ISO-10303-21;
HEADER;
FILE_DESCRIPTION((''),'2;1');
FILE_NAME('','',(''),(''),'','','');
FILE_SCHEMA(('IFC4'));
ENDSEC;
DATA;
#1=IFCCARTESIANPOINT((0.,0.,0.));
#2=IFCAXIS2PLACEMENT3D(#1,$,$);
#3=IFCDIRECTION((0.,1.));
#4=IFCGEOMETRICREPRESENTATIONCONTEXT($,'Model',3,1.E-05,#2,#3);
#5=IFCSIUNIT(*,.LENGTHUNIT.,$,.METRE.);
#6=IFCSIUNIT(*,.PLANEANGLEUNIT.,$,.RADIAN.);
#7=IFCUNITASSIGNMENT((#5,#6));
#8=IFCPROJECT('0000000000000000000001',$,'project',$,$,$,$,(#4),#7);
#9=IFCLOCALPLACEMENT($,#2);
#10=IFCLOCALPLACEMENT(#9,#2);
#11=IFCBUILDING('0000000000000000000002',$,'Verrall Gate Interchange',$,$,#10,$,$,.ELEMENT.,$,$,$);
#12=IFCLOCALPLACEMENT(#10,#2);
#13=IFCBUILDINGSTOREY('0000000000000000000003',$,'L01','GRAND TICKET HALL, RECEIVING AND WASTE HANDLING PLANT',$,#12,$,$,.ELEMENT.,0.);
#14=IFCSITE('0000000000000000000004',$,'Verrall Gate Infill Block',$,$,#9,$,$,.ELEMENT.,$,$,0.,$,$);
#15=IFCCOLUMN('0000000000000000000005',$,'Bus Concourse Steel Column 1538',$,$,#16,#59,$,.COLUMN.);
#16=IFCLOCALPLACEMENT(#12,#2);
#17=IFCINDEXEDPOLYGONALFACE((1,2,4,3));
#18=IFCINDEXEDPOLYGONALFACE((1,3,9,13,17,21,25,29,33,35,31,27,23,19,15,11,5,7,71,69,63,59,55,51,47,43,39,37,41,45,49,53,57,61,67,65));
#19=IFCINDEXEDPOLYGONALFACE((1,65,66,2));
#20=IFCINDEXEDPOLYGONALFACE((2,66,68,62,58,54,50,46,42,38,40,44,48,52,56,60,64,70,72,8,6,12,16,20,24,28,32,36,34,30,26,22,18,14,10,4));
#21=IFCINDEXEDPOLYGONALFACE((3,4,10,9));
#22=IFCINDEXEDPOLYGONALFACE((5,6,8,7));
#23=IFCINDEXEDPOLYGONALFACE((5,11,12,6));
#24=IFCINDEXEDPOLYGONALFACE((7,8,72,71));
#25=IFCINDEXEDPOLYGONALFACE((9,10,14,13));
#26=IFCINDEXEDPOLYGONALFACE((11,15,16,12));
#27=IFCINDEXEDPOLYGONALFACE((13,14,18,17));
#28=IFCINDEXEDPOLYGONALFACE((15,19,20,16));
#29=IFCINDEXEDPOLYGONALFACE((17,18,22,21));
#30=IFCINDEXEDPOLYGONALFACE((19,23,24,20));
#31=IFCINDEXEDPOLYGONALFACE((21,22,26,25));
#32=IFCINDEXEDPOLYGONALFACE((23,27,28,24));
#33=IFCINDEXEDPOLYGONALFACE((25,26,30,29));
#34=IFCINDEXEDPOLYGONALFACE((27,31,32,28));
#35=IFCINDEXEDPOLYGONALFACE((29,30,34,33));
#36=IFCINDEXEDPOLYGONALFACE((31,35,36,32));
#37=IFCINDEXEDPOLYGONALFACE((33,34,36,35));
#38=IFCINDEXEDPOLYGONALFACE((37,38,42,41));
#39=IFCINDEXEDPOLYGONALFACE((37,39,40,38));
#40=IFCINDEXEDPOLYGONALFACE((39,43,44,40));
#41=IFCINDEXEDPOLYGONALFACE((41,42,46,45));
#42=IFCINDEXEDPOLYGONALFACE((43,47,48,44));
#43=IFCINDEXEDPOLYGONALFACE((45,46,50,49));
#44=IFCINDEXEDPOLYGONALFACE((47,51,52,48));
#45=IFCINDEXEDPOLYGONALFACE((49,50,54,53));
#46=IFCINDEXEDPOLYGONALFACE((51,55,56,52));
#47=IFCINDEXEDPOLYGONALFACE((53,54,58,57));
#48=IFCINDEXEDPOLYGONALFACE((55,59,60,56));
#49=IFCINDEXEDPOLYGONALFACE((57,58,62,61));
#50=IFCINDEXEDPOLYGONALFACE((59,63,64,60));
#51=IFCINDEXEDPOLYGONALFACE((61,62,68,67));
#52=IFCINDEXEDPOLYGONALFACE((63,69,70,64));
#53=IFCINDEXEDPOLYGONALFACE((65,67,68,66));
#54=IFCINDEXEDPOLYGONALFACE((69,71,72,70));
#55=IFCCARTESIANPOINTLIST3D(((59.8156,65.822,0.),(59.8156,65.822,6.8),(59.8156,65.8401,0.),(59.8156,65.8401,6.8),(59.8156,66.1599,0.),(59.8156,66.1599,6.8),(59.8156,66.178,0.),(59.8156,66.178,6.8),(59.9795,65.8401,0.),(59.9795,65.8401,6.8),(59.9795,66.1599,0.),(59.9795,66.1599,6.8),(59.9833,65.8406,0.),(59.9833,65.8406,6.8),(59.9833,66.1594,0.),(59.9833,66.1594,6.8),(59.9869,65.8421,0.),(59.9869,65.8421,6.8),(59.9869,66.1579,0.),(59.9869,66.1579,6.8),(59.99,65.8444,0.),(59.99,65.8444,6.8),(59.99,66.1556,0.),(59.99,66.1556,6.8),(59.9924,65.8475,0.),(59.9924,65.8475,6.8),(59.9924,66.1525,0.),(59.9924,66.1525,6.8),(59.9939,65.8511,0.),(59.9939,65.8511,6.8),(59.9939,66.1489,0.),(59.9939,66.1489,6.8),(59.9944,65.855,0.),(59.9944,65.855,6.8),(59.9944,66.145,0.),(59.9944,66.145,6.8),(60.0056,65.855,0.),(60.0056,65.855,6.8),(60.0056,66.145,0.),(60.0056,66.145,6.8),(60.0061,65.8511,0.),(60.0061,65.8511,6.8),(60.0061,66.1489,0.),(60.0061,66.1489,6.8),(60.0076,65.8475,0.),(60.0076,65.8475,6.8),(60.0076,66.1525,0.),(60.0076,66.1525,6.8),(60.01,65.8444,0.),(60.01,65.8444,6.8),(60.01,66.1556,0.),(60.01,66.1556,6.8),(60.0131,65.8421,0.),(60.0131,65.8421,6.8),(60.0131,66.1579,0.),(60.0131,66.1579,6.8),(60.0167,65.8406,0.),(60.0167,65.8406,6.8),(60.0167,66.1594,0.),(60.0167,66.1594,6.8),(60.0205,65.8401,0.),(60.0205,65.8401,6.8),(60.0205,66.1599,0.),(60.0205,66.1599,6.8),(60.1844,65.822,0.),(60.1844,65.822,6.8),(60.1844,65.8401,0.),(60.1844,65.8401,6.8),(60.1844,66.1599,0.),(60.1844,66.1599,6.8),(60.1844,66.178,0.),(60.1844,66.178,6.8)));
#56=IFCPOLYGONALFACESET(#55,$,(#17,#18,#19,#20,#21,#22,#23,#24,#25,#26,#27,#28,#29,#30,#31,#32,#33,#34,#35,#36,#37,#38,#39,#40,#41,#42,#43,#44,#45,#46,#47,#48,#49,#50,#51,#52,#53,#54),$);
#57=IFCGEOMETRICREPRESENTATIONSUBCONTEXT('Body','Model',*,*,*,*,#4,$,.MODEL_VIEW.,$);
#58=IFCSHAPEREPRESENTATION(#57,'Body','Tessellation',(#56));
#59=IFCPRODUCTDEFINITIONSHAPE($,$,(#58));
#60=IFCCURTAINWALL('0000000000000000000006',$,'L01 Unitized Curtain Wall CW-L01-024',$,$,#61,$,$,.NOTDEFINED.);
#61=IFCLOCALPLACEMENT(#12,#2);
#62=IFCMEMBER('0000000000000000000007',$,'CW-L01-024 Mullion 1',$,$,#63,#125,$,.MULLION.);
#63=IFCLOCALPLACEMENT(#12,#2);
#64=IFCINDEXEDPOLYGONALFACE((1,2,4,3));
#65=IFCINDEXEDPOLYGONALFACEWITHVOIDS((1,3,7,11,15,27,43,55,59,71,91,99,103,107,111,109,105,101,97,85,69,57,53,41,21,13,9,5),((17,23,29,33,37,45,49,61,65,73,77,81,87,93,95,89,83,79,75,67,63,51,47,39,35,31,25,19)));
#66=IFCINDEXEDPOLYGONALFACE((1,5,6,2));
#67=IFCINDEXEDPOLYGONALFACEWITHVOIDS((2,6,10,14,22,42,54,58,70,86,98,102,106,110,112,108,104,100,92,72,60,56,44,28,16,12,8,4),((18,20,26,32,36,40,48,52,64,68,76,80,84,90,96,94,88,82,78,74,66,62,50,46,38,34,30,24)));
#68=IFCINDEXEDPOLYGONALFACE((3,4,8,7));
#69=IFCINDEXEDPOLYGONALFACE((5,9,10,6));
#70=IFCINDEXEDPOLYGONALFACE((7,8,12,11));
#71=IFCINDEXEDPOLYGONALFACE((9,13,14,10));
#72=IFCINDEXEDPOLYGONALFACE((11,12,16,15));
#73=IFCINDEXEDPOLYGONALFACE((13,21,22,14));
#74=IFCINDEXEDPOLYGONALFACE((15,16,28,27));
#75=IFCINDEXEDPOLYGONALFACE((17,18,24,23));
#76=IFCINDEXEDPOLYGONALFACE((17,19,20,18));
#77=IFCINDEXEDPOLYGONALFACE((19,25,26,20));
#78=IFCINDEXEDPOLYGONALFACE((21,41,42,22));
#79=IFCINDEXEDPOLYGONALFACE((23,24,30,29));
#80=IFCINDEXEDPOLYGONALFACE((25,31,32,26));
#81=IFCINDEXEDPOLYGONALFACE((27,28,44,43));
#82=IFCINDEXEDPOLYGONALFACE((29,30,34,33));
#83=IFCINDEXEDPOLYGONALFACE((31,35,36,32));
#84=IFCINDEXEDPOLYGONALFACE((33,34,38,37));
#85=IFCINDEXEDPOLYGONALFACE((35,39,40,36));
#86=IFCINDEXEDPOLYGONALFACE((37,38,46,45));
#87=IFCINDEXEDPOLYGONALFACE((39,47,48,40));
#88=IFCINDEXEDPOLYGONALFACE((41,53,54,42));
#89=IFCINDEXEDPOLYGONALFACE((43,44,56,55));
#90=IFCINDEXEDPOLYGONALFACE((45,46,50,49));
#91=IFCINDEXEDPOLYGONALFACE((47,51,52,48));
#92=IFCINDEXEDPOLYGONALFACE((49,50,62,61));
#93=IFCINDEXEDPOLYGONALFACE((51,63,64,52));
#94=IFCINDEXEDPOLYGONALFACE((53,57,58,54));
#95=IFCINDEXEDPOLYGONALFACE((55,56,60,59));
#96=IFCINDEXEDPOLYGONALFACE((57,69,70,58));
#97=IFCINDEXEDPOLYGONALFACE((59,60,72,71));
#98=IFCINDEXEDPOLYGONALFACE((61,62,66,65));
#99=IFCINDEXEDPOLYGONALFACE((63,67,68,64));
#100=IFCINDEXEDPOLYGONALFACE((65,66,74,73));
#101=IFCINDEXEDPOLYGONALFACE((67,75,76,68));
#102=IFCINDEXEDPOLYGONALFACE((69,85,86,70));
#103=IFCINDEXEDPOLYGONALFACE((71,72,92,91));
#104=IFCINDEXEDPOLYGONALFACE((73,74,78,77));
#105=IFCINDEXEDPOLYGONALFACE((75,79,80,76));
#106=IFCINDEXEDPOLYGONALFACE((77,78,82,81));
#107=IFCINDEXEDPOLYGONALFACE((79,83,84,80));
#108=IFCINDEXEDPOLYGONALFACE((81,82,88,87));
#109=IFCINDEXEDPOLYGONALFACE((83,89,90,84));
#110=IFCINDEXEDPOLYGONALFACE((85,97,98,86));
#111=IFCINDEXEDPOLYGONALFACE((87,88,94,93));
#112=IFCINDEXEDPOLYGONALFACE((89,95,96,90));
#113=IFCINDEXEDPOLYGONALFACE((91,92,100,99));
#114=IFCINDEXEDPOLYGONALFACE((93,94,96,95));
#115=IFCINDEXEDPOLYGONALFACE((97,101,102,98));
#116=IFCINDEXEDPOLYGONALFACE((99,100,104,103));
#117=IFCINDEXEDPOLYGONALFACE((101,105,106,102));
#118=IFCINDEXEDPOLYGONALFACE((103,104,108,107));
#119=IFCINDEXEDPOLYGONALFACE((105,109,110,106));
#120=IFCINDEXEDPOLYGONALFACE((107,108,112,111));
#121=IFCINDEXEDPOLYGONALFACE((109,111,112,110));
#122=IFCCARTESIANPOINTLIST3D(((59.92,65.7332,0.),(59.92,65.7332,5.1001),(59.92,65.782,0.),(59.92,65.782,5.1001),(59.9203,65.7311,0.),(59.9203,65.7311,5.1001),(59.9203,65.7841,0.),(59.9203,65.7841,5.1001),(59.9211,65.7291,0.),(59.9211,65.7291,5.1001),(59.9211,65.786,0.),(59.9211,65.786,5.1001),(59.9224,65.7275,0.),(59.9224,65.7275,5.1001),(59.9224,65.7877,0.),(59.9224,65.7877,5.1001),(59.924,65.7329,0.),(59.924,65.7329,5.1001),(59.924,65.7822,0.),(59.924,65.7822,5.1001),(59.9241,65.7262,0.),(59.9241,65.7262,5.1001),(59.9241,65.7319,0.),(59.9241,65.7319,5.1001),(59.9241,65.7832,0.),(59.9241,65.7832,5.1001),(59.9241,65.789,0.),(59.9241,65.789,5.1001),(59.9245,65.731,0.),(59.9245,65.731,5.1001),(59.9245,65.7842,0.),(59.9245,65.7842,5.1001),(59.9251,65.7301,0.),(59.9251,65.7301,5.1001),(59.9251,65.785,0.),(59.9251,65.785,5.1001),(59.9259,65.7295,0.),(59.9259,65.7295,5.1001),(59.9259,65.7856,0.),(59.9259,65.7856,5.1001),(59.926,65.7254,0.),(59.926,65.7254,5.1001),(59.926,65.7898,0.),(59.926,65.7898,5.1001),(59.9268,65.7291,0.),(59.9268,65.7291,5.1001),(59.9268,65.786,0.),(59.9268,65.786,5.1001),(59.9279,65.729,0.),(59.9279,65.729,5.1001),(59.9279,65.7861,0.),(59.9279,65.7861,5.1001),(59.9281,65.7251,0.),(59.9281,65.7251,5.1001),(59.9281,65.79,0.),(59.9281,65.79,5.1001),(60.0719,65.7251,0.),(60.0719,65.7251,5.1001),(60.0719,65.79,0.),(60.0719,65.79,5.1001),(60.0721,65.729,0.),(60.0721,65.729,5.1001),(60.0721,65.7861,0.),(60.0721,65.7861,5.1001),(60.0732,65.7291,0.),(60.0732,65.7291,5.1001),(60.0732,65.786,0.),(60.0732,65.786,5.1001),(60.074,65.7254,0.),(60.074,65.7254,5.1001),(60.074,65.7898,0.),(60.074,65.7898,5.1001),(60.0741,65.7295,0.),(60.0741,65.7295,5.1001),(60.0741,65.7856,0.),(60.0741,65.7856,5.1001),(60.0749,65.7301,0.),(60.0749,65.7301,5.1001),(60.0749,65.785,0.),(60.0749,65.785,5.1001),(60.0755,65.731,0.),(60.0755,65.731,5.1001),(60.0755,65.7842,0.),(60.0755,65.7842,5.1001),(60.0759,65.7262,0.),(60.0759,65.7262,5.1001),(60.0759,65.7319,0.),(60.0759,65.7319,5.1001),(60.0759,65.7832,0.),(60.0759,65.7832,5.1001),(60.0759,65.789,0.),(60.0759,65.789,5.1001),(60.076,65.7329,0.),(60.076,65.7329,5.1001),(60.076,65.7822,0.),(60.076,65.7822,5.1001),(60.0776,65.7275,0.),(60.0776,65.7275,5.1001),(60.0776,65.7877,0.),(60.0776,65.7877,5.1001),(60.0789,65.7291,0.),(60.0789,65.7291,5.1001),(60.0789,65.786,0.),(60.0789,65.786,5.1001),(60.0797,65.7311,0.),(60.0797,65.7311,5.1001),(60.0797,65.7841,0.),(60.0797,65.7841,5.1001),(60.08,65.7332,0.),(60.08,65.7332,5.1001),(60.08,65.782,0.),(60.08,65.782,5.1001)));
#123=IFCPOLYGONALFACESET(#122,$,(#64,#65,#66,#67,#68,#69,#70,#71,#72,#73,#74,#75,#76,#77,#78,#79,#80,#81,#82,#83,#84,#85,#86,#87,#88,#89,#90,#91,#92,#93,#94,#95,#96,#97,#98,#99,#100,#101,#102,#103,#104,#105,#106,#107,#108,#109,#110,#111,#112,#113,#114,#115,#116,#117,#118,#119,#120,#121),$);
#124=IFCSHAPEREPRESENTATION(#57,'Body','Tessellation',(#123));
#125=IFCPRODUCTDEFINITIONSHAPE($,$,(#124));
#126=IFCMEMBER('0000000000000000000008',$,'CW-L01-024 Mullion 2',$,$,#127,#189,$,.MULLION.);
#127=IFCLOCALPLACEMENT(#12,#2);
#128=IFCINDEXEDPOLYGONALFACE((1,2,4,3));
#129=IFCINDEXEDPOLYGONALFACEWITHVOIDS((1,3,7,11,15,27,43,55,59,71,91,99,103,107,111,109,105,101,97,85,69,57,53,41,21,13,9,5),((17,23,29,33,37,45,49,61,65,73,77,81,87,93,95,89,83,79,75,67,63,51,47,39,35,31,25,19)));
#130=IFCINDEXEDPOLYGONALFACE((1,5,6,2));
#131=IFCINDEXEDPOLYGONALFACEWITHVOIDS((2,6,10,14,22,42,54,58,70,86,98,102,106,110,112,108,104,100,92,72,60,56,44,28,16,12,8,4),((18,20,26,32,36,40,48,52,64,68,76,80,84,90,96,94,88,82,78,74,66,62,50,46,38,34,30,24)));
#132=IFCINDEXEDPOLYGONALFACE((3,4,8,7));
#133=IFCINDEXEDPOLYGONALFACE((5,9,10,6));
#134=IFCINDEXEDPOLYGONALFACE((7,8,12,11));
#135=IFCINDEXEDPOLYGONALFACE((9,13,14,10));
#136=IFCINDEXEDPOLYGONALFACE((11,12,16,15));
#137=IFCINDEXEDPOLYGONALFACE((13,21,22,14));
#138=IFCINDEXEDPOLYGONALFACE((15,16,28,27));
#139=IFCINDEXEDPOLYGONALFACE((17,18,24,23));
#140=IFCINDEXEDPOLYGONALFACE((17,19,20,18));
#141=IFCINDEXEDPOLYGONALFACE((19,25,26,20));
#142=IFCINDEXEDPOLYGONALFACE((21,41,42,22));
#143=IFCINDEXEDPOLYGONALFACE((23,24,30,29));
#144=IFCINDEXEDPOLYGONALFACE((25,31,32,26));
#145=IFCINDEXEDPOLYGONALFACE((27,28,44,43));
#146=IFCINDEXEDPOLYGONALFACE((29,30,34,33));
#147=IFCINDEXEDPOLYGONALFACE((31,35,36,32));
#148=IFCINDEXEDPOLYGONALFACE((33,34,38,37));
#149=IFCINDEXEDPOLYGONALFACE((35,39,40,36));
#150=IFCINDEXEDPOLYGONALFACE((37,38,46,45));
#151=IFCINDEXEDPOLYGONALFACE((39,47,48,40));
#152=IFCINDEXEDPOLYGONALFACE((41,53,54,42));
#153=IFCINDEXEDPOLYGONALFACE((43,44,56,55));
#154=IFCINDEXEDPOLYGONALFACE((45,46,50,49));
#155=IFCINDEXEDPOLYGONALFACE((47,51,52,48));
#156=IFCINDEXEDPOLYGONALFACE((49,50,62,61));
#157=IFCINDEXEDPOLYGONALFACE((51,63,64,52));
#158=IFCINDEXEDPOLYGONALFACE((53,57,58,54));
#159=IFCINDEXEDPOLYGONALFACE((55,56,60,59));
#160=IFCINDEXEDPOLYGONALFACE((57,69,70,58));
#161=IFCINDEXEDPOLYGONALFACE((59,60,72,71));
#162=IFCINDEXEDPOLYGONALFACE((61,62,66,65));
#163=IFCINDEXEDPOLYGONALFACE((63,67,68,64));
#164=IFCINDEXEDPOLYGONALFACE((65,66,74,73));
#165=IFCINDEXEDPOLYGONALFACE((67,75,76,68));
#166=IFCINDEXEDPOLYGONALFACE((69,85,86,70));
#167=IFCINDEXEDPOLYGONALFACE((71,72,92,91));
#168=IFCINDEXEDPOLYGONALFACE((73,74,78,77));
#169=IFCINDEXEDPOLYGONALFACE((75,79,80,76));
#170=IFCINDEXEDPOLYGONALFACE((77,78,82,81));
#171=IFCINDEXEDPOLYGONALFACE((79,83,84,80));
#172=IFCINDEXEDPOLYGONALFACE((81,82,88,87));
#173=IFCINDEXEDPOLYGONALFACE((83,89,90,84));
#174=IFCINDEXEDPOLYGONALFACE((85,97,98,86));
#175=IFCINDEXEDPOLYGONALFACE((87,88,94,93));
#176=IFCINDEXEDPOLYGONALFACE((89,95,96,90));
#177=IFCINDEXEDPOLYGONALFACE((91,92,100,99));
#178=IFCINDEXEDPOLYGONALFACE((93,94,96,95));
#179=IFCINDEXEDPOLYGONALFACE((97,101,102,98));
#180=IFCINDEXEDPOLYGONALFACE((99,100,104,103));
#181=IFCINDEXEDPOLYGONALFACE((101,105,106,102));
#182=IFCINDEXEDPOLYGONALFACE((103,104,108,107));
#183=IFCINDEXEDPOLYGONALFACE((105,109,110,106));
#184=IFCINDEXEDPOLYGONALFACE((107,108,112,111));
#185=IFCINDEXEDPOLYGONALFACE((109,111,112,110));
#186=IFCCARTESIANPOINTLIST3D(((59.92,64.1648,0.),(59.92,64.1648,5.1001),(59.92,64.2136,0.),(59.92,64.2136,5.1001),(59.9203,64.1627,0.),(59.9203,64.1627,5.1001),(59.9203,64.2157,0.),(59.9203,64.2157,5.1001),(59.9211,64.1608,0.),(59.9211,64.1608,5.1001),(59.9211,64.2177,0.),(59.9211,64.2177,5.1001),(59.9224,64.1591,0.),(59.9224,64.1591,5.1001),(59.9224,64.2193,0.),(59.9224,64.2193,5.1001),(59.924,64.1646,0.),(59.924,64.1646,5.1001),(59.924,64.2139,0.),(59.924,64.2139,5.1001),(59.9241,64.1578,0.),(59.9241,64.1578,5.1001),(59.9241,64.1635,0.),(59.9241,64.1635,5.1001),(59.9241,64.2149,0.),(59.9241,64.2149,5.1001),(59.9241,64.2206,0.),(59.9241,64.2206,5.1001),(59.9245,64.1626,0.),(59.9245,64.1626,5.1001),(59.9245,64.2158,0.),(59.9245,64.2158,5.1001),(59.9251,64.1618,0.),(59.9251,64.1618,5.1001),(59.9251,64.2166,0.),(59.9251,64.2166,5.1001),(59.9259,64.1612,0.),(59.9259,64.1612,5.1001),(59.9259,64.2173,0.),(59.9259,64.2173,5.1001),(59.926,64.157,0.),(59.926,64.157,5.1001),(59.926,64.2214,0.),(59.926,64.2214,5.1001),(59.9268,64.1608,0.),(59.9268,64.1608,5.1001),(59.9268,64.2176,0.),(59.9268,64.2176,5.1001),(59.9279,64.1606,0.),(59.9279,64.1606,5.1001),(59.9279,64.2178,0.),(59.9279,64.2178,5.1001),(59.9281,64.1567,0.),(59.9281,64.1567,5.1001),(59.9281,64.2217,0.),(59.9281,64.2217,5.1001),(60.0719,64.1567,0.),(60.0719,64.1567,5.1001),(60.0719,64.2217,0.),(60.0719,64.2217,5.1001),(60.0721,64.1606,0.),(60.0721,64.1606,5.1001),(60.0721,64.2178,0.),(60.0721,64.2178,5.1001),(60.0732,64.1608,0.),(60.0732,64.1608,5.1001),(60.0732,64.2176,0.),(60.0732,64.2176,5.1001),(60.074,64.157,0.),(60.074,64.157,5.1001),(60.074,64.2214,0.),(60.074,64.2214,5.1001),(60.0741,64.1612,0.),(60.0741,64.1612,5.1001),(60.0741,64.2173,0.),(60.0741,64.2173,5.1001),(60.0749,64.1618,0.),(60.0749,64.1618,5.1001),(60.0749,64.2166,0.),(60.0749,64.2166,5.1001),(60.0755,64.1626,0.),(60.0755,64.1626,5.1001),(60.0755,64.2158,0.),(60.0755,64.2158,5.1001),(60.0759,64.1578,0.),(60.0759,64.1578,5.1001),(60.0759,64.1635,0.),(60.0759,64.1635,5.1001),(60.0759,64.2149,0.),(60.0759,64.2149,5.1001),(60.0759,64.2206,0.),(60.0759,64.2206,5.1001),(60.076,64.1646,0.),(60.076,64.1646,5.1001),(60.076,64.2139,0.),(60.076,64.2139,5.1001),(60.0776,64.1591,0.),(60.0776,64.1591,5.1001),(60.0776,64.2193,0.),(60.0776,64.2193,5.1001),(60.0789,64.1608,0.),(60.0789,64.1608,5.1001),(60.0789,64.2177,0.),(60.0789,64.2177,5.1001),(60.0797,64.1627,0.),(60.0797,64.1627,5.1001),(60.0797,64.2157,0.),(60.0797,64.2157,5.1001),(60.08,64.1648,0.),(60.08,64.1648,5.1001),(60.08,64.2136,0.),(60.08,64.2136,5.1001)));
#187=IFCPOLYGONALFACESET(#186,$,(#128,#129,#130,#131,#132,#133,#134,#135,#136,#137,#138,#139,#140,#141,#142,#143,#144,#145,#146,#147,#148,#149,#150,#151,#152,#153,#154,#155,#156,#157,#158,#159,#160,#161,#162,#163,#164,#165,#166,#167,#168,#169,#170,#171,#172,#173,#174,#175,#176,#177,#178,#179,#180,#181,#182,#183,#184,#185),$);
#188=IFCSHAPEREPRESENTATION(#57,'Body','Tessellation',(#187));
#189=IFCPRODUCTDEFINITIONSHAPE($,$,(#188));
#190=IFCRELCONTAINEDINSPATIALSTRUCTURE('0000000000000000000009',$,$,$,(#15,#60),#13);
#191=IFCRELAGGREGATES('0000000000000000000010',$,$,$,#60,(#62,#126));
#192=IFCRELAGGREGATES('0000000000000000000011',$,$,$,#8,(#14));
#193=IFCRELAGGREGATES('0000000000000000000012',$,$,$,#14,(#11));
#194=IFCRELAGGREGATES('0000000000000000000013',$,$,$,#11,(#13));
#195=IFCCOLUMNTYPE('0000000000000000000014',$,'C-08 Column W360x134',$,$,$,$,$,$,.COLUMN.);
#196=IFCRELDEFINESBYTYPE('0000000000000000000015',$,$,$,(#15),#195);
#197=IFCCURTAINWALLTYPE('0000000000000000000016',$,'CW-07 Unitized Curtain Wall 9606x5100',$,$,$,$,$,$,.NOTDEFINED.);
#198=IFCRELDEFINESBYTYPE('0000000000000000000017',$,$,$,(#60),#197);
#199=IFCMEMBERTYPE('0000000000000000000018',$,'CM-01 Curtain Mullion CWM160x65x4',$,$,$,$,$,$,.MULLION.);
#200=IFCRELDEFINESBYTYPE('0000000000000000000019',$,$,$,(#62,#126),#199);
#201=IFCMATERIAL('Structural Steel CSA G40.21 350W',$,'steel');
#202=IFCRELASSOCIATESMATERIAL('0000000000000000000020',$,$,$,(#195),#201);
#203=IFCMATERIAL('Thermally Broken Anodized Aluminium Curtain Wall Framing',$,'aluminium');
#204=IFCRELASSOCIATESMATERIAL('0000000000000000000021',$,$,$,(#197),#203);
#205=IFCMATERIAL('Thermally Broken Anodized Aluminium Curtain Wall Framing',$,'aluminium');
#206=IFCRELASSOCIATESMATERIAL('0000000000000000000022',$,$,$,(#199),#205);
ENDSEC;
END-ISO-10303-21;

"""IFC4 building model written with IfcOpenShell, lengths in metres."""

from ifc_helpers import new_model, si_unit, direction, frame, origin, origin_2d, place, context, subcontext, project, spatial, hollow_rectangle, i_section, extrude, material, material_profile, profile_set, type_object, element, aggregate, save


model = new_model("IFC4")

# Units and contexts
model_context = context("Model", 3, precision=1e-05, world=origin(), true_north=direction((0.0, 1.0)))
body_context = subcontext(model_context, "Body", "Model", "MODEL_VIEW")
ifc_project = project(units=[si_unit("LENGTHUNIT", "METRE"), si_unit("PLANEANGLEUNIT", "RADIAN")], contexts=[model_context])

# Site, building, storey
site_placement = place(None, origin())
site = spatial("IfcSite", under=ifc_project, at=site_placement, Name="Verrall Gate Infill Block", CompositionType="ELEMENT", RefElevation=0.0)
building_placement = place(site_placement, origin())
building = spatial("IfcBuilding", under=site, at=building_placement, Name="Verrall Gate Interchange", CompositionType="ELEMENT")
storey_placement = place(building_placement, origin())
storey = spatial("IfcBuildingStorey", under=building, at=storey_placement, Name="L01", Description="GRAND TICKET HALL, RECEIVING AND WASTE HANDLING PLANT", CompositionType="ELEMENT", Elevation=0.0)

# Column
ifc_material_1 = material(Name="Structural Steel CSA G40.21 350W", Category="steel")
ifc_material_profile_1 = material_profile(ifc_material_1, i_section(OverallWidth=0.3689, OverallDepth=0.356, WebThickness=0.0112, FlangeThickness=0.0181, FilletRadius=0.0149, at=origin_2d()), Name="W360x134")
ifc_profile_set_1 = profile_set([ifc_material_profile_1], Name="Structural Steel CSA G40.21 350W")
column_type = type_object("IfcColumnType", Name="C-08 Column W360x134", PredefinedType="COLUMN", material=ifc_profile_set_1)
column_placement = place(storey_placement, frame((60.0, 66.0, 0.0), z_axis=(0.0, 0.0, 1.0), x_axis=(1.0, 0.0, 0.0)))
element("IfcColumn", 1, at=column_placement, inside=storey, type_object=column_type, Name="Bus Concourse Steel Column 1538", PredefinedType="COLUMN", context=body_context, shape_type="SweptSolid", body=[
    extrude(i_section(OverallWidth=0.3689, OverallDepth=0.356, WebThickness=0.0112, FlangeThickness=0.0181, FilletRadius=0.0149, at=origin_2d()), origin(), (0.0, 0.0, 1.0), 6.8),
])

# Curtain wall, members
ifc_material_2 = material(Name="Thermally Broken Anodized Aluminium Curtain Wall Framing", Category="aluminium")
curtain_wall_type_1 = type_object("IfcCurtainWallType", Name="CW-07 Unitized Curtain Wall 9606x5100", PredefinedType="NOTDEFINED", material=ifc_material_2)
curtain_wall_1_placement = place(storey_placement, origin())
curtain_wall_1 = element("IfcCurtainWall", 2, at=curtain_wall_1_placement, inside=storey, type_object=curtain_wall_type_1, Name="L01 Unitized Curtain Wall CW-L01-024", PredefinedType="NOTDEFINED")
ifc_material_3 = material(Name="Thermally Broken Anodized Aluminium Curtain Wall Framing", Category="aluminium")
ifc_material_profile_2 = material_profile(ifc_material_3, hollow_rectangle(XDim=0.0649, YDim=0.1599, WallThickness=0.0039, InnerFilletRadius=0.0039, OuterFilletRadius=0.0081, at=origin_2d()), Name="CWM160x65x4")
ifc_profile_set_2 = profile_set([ifc_material_profile_2], Name="Thermally Broken Anodized Aluminium Curtain Wall Framing")
member_type_1 = type_object("IfcMemberType", Name="CM-01 Curtain Mullion CWM160x65x4", PredefinedType="MULLION", material=ifc_profile_set_2)
member_1_placement = place(storey_placement, frame((60.0, 65.7576, 0.0), z_axis=(0.0, 0.0, 1.0), x_axis=(0.0, -1.0, 0.0)))
member_1 = element("IfcMember", 3, at=member_1_placement, type_object=member_type_1, Name="CW-L01-024 Mullion 1", PredefinedType="MULLION", context=body_context, shape_type="SweptSolid", body=[
    extrude(hollow_rectangle(XDim=0.0649, YDim=0.1599, WallThickness=0.0039, InnerFilletRadius=0.0039, OuterFilletRadius=0.0081, at=origin_2d()), origin(), (0.0, 0.0, 1.0), 5.1001),
])
member_2_placement = place(storey_placement, frame((60.0, 64.1892, 0.0), z_axis=(0.0, 0.0, 1.0), x_axis=(0.0, -1.0, 0.0)))
member_2 = element("IfcMember", 4, at=member_2_placement, type_object=member_type_1, Name="CW-L01-024 Mullion 2", PredefinedType="MULLION", context=body_context, shape_type="SweptSolid", body=[
    extrude(hollow_rectangle(XDim=0.0649, YDim=0.1599, WallThickness=0.0039, InnerFilletRadius=0.0039, OuterFilletRadius=0.0081, at=origin_2d()), origin(), (0.0, 0.0, 1.0), 5.1001),
])

aggregate(curtain_wall_1, [member_1, member_2])

save(model, "model.ifc")
